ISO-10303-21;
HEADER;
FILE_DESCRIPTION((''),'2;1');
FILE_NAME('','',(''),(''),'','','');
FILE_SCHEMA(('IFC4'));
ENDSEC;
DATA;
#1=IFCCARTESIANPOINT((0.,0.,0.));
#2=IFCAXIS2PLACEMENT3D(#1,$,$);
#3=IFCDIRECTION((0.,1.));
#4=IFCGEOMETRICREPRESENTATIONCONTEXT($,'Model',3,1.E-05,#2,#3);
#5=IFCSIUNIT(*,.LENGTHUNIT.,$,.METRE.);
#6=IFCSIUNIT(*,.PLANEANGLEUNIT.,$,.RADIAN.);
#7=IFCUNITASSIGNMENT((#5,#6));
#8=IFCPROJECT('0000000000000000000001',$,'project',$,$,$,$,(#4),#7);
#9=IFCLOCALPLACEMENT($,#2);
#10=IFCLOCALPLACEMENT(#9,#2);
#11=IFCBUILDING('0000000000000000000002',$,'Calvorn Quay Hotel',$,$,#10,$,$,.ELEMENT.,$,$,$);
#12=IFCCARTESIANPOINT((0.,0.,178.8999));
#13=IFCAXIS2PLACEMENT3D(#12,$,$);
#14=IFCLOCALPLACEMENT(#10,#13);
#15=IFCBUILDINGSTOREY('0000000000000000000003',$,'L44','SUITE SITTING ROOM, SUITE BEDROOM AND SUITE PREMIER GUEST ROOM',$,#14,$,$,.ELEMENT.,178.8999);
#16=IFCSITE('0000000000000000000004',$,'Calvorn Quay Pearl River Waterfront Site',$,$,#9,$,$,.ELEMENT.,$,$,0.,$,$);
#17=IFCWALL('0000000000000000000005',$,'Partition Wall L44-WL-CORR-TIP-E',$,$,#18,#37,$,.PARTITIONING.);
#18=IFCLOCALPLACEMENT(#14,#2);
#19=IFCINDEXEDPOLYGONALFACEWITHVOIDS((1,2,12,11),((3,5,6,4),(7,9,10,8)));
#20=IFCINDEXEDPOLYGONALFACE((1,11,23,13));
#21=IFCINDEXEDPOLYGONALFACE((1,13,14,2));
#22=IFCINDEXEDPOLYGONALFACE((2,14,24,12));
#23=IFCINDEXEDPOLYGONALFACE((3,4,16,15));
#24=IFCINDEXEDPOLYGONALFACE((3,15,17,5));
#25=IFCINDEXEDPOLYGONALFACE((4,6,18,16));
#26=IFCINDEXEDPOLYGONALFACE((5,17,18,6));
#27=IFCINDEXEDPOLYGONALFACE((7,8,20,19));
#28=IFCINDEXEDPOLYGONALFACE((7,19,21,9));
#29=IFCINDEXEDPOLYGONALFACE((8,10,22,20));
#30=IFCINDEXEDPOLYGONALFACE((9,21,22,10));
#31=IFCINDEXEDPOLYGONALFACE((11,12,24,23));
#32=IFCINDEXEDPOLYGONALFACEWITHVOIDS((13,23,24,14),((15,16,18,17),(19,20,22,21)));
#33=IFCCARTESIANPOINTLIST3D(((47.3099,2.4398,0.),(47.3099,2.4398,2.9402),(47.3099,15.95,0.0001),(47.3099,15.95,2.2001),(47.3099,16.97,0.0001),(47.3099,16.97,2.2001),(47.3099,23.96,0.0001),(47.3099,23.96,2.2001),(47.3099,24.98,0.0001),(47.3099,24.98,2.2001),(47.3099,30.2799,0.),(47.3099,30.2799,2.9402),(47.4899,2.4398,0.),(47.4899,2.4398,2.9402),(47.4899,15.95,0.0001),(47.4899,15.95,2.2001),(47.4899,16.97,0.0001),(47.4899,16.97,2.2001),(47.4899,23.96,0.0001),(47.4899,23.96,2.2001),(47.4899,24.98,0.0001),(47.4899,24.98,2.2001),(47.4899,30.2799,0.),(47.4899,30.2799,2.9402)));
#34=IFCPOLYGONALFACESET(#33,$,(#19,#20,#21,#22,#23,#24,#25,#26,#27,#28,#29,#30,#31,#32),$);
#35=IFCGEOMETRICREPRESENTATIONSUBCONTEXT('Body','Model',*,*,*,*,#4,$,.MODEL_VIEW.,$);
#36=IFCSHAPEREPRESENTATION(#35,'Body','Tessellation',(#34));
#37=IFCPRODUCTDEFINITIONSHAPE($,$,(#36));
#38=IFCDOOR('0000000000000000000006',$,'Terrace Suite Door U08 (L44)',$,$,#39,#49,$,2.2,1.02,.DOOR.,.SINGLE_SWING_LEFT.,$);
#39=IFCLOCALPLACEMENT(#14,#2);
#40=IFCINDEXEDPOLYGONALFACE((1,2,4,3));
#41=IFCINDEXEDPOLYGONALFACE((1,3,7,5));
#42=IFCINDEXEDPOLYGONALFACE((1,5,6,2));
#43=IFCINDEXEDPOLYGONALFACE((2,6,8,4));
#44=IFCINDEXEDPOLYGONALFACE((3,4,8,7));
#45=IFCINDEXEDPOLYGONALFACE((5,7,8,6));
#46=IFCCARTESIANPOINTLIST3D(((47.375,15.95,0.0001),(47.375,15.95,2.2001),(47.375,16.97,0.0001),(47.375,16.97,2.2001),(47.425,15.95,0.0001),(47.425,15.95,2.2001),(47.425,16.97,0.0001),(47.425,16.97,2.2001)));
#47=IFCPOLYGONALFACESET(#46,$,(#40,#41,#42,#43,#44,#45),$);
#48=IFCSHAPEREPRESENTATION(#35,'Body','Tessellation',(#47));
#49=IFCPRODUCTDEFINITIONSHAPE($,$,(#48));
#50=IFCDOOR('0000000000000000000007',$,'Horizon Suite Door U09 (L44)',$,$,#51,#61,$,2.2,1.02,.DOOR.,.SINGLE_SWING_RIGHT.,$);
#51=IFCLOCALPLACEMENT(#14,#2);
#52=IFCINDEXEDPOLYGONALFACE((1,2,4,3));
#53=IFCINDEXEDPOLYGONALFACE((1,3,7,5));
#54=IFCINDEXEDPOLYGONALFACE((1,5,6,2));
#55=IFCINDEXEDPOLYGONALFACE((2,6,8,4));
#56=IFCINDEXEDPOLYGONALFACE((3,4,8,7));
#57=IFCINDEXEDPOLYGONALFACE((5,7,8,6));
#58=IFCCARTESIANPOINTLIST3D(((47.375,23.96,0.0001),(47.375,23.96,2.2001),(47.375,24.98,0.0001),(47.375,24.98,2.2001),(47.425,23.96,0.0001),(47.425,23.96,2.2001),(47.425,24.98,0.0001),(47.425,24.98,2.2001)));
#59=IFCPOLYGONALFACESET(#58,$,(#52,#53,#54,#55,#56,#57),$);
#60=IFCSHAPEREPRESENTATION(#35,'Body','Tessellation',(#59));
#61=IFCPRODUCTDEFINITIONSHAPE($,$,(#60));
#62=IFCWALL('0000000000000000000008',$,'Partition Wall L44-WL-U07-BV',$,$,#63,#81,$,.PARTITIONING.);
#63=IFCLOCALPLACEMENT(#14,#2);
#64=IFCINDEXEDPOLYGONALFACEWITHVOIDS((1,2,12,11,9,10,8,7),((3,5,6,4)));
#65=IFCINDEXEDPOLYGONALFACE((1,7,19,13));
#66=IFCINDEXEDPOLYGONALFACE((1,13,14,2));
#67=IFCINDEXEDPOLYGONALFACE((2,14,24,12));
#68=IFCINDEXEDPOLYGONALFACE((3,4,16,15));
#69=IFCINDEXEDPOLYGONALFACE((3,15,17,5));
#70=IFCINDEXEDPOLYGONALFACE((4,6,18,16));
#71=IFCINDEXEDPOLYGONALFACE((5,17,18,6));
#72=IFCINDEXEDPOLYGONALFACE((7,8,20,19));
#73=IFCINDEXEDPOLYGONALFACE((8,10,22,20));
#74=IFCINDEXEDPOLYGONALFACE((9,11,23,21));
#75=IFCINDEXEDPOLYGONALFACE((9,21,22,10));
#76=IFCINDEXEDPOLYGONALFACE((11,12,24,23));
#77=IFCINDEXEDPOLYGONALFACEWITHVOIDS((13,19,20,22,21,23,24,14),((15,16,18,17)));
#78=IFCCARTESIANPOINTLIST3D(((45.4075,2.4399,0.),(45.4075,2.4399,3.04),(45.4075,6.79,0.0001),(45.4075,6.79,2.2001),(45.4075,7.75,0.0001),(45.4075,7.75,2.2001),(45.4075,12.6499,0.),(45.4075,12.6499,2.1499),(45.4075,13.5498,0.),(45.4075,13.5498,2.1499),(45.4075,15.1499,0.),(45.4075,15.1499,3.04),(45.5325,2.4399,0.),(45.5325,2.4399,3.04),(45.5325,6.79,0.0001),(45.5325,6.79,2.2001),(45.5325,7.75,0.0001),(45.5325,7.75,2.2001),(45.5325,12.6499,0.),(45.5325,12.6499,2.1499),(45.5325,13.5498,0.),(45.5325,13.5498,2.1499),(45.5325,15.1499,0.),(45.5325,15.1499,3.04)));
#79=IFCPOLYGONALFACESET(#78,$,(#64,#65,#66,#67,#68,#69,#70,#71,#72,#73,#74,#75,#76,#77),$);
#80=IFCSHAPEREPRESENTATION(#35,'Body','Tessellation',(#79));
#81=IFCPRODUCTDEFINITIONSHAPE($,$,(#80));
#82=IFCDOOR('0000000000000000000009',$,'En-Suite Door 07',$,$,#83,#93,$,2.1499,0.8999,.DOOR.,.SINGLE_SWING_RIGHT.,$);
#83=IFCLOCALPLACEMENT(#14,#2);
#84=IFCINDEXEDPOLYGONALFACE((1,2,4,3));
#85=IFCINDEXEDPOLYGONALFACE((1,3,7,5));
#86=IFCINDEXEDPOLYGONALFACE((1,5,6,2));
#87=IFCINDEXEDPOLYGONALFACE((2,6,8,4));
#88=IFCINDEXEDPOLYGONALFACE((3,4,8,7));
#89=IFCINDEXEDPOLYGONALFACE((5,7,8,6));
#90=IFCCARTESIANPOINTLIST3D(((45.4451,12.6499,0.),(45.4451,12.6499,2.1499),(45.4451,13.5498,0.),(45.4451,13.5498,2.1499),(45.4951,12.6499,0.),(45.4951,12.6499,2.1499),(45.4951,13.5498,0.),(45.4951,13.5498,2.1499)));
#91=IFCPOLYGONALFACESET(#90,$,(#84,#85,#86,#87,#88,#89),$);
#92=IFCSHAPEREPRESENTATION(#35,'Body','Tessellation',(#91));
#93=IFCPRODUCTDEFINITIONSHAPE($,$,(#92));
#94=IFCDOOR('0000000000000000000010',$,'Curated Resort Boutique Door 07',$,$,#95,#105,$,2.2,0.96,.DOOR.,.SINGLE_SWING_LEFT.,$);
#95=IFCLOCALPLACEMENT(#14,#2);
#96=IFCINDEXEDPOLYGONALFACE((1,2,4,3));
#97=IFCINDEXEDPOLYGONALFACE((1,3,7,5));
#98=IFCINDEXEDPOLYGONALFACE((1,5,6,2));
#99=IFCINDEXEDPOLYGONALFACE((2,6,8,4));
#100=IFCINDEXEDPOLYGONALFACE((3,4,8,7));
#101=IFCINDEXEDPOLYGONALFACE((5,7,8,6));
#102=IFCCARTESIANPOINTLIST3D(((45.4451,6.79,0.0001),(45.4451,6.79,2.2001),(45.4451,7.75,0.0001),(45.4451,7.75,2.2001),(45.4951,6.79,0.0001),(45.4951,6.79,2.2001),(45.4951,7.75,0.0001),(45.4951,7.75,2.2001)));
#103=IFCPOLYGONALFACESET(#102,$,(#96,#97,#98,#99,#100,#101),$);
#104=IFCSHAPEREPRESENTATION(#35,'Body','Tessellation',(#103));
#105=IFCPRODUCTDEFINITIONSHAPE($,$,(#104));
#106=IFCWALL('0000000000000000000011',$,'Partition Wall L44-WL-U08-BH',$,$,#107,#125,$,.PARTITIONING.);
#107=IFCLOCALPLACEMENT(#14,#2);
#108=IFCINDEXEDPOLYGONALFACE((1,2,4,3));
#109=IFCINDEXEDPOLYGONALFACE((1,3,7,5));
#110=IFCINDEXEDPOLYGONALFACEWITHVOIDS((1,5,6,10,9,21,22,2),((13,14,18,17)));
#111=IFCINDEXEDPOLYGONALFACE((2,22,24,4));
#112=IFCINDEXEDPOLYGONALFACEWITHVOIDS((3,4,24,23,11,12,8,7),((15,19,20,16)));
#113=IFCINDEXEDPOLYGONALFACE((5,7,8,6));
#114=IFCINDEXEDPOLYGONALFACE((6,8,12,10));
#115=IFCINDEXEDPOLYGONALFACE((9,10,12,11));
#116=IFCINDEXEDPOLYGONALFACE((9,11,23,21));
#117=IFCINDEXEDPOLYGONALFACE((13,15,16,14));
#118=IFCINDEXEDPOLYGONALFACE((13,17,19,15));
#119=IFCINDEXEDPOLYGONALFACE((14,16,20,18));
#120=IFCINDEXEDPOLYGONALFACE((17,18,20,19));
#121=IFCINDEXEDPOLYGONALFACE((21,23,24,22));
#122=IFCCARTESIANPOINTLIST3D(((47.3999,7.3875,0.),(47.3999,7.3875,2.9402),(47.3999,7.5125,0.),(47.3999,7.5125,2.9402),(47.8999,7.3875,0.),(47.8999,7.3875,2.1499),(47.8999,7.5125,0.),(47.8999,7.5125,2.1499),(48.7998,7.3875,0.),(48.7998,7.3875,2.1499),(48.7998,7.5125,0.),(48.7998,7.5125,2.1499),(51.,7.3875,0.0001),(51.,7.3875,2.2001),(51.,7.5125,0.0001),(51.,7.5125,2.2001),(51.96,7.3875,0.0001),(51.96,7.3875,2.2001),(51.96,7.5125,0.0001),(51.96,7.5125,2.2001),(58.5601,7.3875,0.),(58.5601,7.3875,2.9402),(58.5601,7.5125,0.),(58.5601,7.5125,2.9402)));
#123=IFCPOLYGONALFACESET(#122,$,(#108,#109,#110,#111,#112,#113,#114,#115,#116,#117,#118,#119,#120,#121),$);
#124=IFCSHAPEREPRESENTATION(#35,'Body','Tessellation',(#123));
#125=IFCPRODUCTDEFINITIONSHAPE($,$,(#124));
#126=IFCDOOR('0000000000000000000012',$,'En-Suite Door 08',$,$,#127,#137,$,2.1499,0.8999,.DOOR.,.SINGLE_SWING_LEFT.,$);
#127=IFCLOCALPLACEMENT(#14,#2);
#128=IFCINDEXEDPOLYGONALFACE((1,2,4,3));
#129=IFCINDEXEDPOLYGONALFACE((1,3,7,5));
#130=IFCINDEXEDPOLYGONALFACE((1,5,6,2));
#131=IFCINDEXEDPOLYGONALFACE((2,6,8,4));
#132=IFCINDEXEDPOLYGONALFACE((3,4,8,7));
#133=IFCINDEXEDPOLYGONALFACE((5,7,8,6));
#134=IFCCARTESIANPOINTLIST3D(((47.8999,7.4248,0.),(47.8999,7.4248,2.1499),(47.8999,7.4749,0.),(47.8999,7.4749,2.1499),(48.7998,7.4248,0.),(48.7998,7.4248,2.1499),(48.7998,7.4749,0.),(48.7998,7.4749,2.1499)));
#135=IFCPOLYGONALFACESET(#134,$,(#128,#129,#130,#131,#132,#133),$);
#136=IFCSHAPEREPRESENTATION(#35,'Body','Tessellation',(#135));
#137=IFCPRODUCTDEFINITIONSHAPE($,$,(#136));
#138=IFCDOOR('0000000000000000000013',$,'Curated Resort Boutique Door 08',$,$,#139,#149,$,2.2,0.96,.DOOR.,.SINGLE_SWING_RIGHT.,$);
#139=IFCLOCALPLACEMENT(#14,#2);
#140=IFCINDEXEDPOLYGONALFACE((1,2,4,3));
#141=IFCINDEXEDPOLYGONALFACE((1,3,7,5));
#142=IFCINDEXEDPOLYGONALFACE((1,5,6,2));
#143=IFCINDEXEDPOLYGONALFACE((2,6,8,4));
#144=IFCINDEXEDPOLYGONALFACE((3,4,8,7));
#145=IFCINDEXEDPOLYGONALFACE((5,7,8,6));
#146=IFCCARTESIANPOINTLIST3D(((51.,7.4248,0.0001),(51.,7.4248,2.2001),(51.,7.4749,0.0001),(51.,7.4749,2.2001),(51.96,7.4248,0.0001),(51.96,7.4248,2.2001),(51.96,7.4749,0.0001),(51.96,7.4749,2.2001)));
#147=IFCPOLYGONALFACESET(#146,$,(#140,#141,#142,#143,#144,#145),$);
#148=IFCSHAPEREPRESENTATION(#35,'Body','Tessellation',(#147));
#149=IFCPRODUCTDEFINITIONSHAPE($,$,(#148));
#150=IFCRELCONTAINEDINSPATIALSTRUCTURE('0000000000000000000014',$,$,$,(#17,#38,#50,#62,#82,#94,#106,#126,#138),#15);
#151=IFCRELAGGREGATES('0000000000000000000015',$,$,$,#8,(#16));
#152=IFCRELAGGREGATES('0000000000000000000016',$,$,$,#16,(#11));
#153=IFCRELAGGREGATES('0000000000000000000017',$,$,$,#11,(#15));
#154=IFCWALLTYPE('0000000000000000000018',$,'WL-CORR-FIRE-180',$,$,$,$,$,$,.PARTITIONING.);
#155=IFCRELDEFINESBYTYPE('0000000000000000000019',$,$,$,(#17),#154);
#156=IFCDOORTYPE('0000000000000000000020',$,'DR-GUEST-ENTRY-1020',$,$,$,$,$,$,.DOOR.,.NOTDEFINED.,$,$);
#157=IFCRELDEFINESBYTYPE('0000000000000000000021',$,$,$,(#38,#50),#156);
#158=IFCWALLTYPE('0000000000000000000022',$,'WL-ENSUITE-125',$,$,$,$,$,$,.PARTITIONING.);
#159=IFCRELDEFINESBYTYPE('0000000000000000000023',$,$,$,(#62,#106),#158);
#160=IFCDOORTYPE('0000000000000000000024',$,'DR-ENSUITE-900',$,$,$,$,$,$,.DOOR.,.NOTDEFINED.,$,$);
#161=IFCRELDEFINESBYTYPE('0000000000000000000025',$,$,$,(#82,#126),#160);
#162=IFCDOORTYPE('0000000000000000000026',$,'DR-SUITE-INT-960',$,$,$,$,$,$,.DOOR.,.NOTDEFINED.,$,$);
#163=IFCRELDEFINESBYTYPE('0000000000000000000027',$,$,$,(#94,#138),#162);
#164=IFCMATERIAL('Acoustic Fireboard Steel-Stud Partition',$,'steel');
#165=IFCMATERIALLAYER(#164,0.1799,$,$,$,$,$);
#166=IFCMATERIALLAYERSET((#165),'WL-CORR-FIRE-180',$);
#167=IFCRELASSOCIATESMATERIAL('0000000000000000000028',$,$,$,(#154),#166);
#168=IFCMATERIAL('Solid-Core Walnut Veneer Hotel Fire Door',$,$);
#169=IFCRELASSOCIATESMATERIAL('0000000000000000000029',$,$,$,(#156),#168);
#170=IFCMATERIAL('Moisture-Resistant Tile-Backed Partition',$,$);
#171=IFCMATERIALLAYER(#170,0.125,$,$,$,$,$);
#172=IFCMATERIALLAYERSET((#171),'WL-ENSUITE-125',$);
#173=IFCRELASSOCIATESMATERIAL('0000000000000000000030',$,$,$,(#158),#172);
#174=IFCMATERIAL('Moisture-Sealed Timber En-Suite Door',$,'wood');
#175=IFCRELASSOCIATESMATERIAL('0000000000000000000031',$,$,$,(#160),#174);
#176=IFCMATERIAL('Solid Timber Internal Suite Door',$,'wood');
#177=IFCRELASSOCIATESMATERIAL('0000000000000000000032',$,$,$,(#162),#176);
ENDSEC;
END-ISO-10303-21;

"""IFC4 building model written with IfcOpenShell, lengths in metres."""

from ifc_helpers import new_model, si_unit, direction, frame, frame_2d, origin, place, context, subcontext, project, spatial, rectangle, extrude, material, layer, layer_set, type_object, element, fill, save


model = new_model("IFC4")

# Units and contexts
model_context = context("Model", 3, precision=1e-05, world=origin(), true_north=direction((0.0, 1.0)))
body_context = subcontext(model_context, "Body", "Model", "MODEL_VIEW")
ifc_project = project(units=[si_unit("LENGTHUNIT", "METRE"), si_unit("PLANEANGLEUNIT", "RADIAN")], contexts=[model_context])

# Site, building, storey
site_placement = place(None, origin())
site = spatial("IfcSite", under=ifc_project, at=site_placement, Name="Calvorn Quay Pearl River Waterfront Site", CompositionType="ELEMENT", RefElevation=0.0)
building_placement = place(site_placement, origin())
building = spatial("IfcBuilding", under=site, at=building_placement, Name="Calvorn Quay Hotel", CompositionType="ELEMENT")
storey_placement = place(building_placement, frame((0.0, 0.0, 178.8999)))
storey = spatial("IfcBuildingStorey", under=building, at=storey_placement, Name="L44", Description="SUITE SITTING ROOM, SUITE BEDROOM AND SUITE PREMIER GUEST ROOM", CompositionType="ELEMENT", Elevation=178.8999)

# Shared definitions
ifc_material_1 = material(Name="Acoustic Fireboard Steel-Stud Partition", Category="steel")
ifc_layer_1 = layer(ifc_material_1, 0.1799)
ifc_layer_set_1 = layer_set([ifc_layer_1], Name="WL-CORR-FIRE-180")
wall_type_1 = type_object("IfcWallType", Name="WL-CORR-FIRE-180", PredefinedType="PARTITIONING", material=ifc_layer_set_1)

# Walls, openings, doors
wall_1_placement = place(storey_placement, frame((47.3999, 2.4399, 0.0), z_axis=(0.0, 0.0, 1.0), x_axis=(0.0, 1.0, 0.0)))
wall_1 = element("IfcWall", 1, at=wall_1_placement, inside=storey, type_object=wall_type_1, Name="Partition Wall L44-WL-CORR-TIP-E", PredefinedType="PARTITIONING", context=body_context, shape_type="SweptSolid", body=[
    extrude(rectangle(XDim=27.8401, YDim=0.1799, at=frame_2d((13.9199, 0.0))), origin(), (0.0, 0.0, 1.0), 2.9402),
])
opening_1_placement = place(wall_1_placement, frame((13.51, 0.0, 0.0)))
opening_1 = element("IfcOpeningElement", 2, at=opening_1_placement, cuts=wall_1, PredefinedType="OPENING", context=body_context, shape_type="SweptSolid", body=[
    extrude(rectangle(XDim=1.02, YDim=2.2, at=frame_2d((0.51, 1.1001))), frame((0.0, 0.0999, 0.0), z_axis=(0.0, -1.0, 0.0), x_axis=(1.0, 0.0, 0.0)), (0.0, 0.0, 1.0), 0.2),
])
opening_2_placement = place(wall_1_placement, frame((21.52, 0.0, 0.0)))
opening_2 = element("IfcOpeningElement", 3, at=opening_2_placement, cuts=wall_1, PredefinedType="OPENING", context=body_context, shape_type="SweptSolid", body=[
    extrude(rectangle(XDim=1.02, YDim=2.2, at=frame_2d((0.51, 1.1001))), frame((0.0, 0.0999, 0.0), z_axis=(0.0, -1.0, 0.0), x_axis=(1.0, 0.0, 0.0)), (0.0, 0.0, 1.0), 0.2),
])
ifc_material_2 = material(Name="Solid-Core Walnut Veneer Hotel Fire Door")
door_type_1 = type_object("IfcDoorType", Name="DR-GUEST-ENTRY-1020", OperationType="NOTDEFINED", PredefinedType="DOOR", material=ifc_material_2)
door_1_placement = place(opening_1_placement, origin())
door_1 = element("IfcDoor", 4, at=door_1_placement, inside=storey, type_object=door_type_1, Name="Terrace Suite Door U08 (L44)", OperationType="SINGLE_SWING_LEFT", OverallHeight=2.2, OverallWidth=1.02, PredefinedType="DOOR", context=body_context, shape_type="SweptSolid", body=[
    extrude(rectangle(XDim=1.02, YDim=2.2, at=frame_2d((0.51, 1.1001))), frame((0.0, 0.0249, 0.0), z_axis=(0.0, -1.0, 0.0), x_axis=(1.0, 0.0, 0.0)), (0.0, 0.0, 1.0), 0.05),
])
fill(opening_1, door_1)
door_2_placement = place(opening_2_placement, origin())
door_2 = element("IfcDoor", 5, at=door_2_placement, inside=storey, type_object=door_type_1, Name="Horizon Suite Door U09 (L44)", OperationType="SINGLE_SWING_RIGHT", OverallHeight=2.2, OverallWidth=1.02, PredefinedType="DOOR", context=body_context, shape_type="SweptSolid", body=[
    extrude(rectangle(XDim=1.02, YDim=2.2, at=frame_2d((0.51, 1.1001))), frame((0.0, 0.0249, 0.0), z_axis=(0.0, -1.0, 0.0), x_axis=(1.0, 0.0, 0.0)), (0.0, 0.0, 1.0), 0.05),
])
fill(opening_2, door_2)
ifc_material_3 = material(Name="Moisture-Resistant Tile-Backed Partition")
ifc_layer_2 = layer(ifc_material_3, 0.125)
ifc_layer_set_2 = layer_set([ifc_layer_2], Name="WL-ENSUITE-125")
wall_type_2 = type_object("IfcWallType", Name="WL-ENSUITE-125", PredefinedType="PARTITIONING", material=ifc_layer_set_2)
wall_2_placement = place(storey_placement, frame((45.47, 2.4399, 0.0), z_axis=(0.0, 0.0, 1.0), x_axis=(0.0, 1.0, 0.0)))
wall_2 = element("IfcWall", 6, at=wall_2_placement, inside=storey, type_object=wall_type_2, Name="Partition Wall L44-WL-U07-BV", PredefinedType="PARTITIONING", context=body_context, shape_type="SweptSolid", body=[
    extrude(rectangle(XDim=12.71, YDim=0.125, at=frame_2d((6.355, 0.0))), origin(), (0.0, 0.0, 1.0), 3.04),
])
opening_3_placement = place(wall_2_placement, frame((4.3501, 0.0, 0.0)))
opening_3 = element("IfcOpeningElement", 7, at=opening_3_placement, cuts=wall_2, PredefinedType="OPENING", context=body_context, shape_type="SweptSolid", body=[
    extrude(rectangle(XDim=0.96, YDim=2.2, at=frame_2d((0.48, 1.1001))), frame((0.0, 0.0725, 0.0), z_axis=(0.0, -1.0, 0.0), x_axis=(1.0, 0.0, 0.0)), (0.0, 0.0, 1.0), 0.145),
])
opening_4_placement = place(wall_2_placement, frame((10.21, 0.0, 0.0)))
opening_4 = element("IfcOpeningElement", 8, at=opening_4_placement, cuts=wall_2, PredefinedType="OPENING", context=body_context, shape_type="SweptSolid", body=[
    extrude(rectangle(XDim=0.8999, YDim=2.1499, at=frame_2d((0.45, 1.075))), frame((0.0, 0.0725, 0.0), z_axis=(0.0, -1.0, 0.0), x_axis=(1.0, 0.0, 0.0)), (0.0, 0.0, 1.0), 0.145),
])
ifc_material_4 = material(Name="Moisture-Sealed Timber En-Suite Door", Category="wood")
door_type_2 = type_object("IfcDoorType", Name="DR-ENSUITE-900", OperationType="NOTDEFINED", PredefinedType="DOOR", material=ifc_material_4)
door_3_placement = place(opening_4_placement, origin())
door_3 = element("IfcDoor", 9, at=door_3_placement, inside=storey, type_object=door_type_2, Name="En-Suite Door 07", OperationType="SINGLE_SWING_RIGHT", OverallHeight=2.1499, OverallWidth=0.8999, PredefinedType="DOOR", context=body_context, shape_type="SweptSolid", body=[
    extrude(rectangle(XDim=0.8999, YDim=2.1499, at=frame_2d((0.45, 1.075))), frame((0.0, 0.0249, 0.0), z_axis=(0.0, -1.0, 0.0), x_axis=(1.0, 0.0, 0.0)), (0.0, 0.0, 1.0), 0.05),
])
fill(opening_4, door_3)
ifc_material_5 = material(Name="Solid Timber Internal Suite Door", Category="wood")
door_type_3 = type_object("IfcDoorType", Name="DR-SUITE-INT-960", OperationType="NOTDEFINED", PredefinedType="DOOR", material=ifc_material_5)
door_4_placement = place(opening_3_placement, origin())
door_4 = element("IfcDoor", 10, at=door_4_placement, inside=storey, type_object=door_type_3, Name="Curated Resort Boutique Door 07", OperationType="SINGLE_SWING_LEFT", OverallHeight=2.2, OverallWidth=0.96, PredefinedType="DOOR", context=body_context, shape_type="SweptSolid", body=[
    extrude(rectangle(XDim=0.96, YDim=2.2, at=frame_2d((0.48, 1.1001))), frame((0.0, 0.0249, 0.0), z_axis=(0.0, -1.0, 0.0), x_axis=(1.0, 0.0, 0.0)), (0.0, 0.0, 1.0), 0.05),
])
fill(opening_3, door_4)
wall_3_placement = place(storey_placement, frame((47.3999, 7.45, 0.0), z_axis=(0.0, 0.0, 1.0), x_axis=(1.0, 0.0, 0.0)))
wall_3 = element("IfcWall", 11, at=wall_3_placement, inside=storey, type_object=wall_type_2, Name="Partition Wall L44-WL-U08-BH", PredefinedType="PARTITIONING", context=body_context, shape_type="SweptSolid", body=[
    extrude(rectangle(XDim=11.1602, YDim=0.125, at=frame_2d((5.5801, 0.0))), origin(), (0.0, 0.0, 1.0), 2.9402),
])
opening_5_placement = place(wall_3_placement, frame((0.5, 0.0, 0.0)))
opening_5 = element("IfcOpeningElement", 12, at=opening_5_placement, cuts=wall_3, PredefinedType="OPENING", context=body_context, shape_type="SweptSolid", body=[
    extrude(rectangle(XDim=0.8999, YDim=2.1499, at=frame_2d((0.45, 1.075))), frame((0.0, 0.0725, 0.0), z_axis=(0.0, -1.0, 0.0), x_axis=(1.0, 0.0, 0.0)), (0.0, 0.0, 1.0), 0.145),
])
opening_6_placement = place(wall_3_placement, frame((3.6001, 0.0, 0.0)))
opening_6 = element("IfcOpeningElement", 13, at=opening_6_placement, cuts=wall_3, PredefinedType="OPENING", context=body_context, shape_type="SweptSolid", body=[
    extrude(rectangle(XDim=0.96, YDim=2.2, at=frame_2d((0.48, 1.1001))), frame((0.0, 0.0725, 0.0), z_axis=(0.0, -1.0, 0.0), x_axis=(1.0, 0.0, 0.0)), (0.0, 0.0, 1.0), 0.145),
])
door_5_placement = place(opening_5_placement, origin())
door_5 = element("IfcDoor", 14, at=door_5_placement, inside=storey, type_object=door_type_2, Name="En-Suite Door 08", OperationType="SINGLE_SWING_LEFT", OverallHeight=2.1499, OverallWidth=0.8999, PredefinedType="DOOR", context=body_context, shape_type="SweptSolid", body=[
    extrude(rectangle(XDim=0.8999, YDim=2.1499, at=frame_2d((0.45, 1.075))), frame((0.0, 0.0249, 0.0), z_axis=(0.0, -1.0, 0.0), x_axis=(1.0, 0.0, 0.0)), (0.0, 0.0, 1.0), 0.05),
])
fill(opening_5, door_5)
door_6_placement = place(opening_6_placement, origin())
door_6 = element("IfcDoor", 15, at=door_6_placement, inside=storey, type_object=door_type_3, Name="Curated Resort Boutique Door 08", OperationType="SINGLE_SWING_RIGHT", OverallHeight=2.2, OverallWidth=0.96, PredefinedType="DOOR", context=body_context, shape_type="SweptSolid", body=[
    extrude(rectangle(XDim=0.96, YDim=2.2, at=frame_2d((0.48, 1.1001))), frame((0.0, 0.0249, 0.0), z_axis=(0.0, -1.0, 0.0), x_axis=(1.0, 0.0, 0.0)), (0.0, 0.0, 1.0), 0.05),
])
fill(opening_6, door_6)

save(model, "model.ifc")
